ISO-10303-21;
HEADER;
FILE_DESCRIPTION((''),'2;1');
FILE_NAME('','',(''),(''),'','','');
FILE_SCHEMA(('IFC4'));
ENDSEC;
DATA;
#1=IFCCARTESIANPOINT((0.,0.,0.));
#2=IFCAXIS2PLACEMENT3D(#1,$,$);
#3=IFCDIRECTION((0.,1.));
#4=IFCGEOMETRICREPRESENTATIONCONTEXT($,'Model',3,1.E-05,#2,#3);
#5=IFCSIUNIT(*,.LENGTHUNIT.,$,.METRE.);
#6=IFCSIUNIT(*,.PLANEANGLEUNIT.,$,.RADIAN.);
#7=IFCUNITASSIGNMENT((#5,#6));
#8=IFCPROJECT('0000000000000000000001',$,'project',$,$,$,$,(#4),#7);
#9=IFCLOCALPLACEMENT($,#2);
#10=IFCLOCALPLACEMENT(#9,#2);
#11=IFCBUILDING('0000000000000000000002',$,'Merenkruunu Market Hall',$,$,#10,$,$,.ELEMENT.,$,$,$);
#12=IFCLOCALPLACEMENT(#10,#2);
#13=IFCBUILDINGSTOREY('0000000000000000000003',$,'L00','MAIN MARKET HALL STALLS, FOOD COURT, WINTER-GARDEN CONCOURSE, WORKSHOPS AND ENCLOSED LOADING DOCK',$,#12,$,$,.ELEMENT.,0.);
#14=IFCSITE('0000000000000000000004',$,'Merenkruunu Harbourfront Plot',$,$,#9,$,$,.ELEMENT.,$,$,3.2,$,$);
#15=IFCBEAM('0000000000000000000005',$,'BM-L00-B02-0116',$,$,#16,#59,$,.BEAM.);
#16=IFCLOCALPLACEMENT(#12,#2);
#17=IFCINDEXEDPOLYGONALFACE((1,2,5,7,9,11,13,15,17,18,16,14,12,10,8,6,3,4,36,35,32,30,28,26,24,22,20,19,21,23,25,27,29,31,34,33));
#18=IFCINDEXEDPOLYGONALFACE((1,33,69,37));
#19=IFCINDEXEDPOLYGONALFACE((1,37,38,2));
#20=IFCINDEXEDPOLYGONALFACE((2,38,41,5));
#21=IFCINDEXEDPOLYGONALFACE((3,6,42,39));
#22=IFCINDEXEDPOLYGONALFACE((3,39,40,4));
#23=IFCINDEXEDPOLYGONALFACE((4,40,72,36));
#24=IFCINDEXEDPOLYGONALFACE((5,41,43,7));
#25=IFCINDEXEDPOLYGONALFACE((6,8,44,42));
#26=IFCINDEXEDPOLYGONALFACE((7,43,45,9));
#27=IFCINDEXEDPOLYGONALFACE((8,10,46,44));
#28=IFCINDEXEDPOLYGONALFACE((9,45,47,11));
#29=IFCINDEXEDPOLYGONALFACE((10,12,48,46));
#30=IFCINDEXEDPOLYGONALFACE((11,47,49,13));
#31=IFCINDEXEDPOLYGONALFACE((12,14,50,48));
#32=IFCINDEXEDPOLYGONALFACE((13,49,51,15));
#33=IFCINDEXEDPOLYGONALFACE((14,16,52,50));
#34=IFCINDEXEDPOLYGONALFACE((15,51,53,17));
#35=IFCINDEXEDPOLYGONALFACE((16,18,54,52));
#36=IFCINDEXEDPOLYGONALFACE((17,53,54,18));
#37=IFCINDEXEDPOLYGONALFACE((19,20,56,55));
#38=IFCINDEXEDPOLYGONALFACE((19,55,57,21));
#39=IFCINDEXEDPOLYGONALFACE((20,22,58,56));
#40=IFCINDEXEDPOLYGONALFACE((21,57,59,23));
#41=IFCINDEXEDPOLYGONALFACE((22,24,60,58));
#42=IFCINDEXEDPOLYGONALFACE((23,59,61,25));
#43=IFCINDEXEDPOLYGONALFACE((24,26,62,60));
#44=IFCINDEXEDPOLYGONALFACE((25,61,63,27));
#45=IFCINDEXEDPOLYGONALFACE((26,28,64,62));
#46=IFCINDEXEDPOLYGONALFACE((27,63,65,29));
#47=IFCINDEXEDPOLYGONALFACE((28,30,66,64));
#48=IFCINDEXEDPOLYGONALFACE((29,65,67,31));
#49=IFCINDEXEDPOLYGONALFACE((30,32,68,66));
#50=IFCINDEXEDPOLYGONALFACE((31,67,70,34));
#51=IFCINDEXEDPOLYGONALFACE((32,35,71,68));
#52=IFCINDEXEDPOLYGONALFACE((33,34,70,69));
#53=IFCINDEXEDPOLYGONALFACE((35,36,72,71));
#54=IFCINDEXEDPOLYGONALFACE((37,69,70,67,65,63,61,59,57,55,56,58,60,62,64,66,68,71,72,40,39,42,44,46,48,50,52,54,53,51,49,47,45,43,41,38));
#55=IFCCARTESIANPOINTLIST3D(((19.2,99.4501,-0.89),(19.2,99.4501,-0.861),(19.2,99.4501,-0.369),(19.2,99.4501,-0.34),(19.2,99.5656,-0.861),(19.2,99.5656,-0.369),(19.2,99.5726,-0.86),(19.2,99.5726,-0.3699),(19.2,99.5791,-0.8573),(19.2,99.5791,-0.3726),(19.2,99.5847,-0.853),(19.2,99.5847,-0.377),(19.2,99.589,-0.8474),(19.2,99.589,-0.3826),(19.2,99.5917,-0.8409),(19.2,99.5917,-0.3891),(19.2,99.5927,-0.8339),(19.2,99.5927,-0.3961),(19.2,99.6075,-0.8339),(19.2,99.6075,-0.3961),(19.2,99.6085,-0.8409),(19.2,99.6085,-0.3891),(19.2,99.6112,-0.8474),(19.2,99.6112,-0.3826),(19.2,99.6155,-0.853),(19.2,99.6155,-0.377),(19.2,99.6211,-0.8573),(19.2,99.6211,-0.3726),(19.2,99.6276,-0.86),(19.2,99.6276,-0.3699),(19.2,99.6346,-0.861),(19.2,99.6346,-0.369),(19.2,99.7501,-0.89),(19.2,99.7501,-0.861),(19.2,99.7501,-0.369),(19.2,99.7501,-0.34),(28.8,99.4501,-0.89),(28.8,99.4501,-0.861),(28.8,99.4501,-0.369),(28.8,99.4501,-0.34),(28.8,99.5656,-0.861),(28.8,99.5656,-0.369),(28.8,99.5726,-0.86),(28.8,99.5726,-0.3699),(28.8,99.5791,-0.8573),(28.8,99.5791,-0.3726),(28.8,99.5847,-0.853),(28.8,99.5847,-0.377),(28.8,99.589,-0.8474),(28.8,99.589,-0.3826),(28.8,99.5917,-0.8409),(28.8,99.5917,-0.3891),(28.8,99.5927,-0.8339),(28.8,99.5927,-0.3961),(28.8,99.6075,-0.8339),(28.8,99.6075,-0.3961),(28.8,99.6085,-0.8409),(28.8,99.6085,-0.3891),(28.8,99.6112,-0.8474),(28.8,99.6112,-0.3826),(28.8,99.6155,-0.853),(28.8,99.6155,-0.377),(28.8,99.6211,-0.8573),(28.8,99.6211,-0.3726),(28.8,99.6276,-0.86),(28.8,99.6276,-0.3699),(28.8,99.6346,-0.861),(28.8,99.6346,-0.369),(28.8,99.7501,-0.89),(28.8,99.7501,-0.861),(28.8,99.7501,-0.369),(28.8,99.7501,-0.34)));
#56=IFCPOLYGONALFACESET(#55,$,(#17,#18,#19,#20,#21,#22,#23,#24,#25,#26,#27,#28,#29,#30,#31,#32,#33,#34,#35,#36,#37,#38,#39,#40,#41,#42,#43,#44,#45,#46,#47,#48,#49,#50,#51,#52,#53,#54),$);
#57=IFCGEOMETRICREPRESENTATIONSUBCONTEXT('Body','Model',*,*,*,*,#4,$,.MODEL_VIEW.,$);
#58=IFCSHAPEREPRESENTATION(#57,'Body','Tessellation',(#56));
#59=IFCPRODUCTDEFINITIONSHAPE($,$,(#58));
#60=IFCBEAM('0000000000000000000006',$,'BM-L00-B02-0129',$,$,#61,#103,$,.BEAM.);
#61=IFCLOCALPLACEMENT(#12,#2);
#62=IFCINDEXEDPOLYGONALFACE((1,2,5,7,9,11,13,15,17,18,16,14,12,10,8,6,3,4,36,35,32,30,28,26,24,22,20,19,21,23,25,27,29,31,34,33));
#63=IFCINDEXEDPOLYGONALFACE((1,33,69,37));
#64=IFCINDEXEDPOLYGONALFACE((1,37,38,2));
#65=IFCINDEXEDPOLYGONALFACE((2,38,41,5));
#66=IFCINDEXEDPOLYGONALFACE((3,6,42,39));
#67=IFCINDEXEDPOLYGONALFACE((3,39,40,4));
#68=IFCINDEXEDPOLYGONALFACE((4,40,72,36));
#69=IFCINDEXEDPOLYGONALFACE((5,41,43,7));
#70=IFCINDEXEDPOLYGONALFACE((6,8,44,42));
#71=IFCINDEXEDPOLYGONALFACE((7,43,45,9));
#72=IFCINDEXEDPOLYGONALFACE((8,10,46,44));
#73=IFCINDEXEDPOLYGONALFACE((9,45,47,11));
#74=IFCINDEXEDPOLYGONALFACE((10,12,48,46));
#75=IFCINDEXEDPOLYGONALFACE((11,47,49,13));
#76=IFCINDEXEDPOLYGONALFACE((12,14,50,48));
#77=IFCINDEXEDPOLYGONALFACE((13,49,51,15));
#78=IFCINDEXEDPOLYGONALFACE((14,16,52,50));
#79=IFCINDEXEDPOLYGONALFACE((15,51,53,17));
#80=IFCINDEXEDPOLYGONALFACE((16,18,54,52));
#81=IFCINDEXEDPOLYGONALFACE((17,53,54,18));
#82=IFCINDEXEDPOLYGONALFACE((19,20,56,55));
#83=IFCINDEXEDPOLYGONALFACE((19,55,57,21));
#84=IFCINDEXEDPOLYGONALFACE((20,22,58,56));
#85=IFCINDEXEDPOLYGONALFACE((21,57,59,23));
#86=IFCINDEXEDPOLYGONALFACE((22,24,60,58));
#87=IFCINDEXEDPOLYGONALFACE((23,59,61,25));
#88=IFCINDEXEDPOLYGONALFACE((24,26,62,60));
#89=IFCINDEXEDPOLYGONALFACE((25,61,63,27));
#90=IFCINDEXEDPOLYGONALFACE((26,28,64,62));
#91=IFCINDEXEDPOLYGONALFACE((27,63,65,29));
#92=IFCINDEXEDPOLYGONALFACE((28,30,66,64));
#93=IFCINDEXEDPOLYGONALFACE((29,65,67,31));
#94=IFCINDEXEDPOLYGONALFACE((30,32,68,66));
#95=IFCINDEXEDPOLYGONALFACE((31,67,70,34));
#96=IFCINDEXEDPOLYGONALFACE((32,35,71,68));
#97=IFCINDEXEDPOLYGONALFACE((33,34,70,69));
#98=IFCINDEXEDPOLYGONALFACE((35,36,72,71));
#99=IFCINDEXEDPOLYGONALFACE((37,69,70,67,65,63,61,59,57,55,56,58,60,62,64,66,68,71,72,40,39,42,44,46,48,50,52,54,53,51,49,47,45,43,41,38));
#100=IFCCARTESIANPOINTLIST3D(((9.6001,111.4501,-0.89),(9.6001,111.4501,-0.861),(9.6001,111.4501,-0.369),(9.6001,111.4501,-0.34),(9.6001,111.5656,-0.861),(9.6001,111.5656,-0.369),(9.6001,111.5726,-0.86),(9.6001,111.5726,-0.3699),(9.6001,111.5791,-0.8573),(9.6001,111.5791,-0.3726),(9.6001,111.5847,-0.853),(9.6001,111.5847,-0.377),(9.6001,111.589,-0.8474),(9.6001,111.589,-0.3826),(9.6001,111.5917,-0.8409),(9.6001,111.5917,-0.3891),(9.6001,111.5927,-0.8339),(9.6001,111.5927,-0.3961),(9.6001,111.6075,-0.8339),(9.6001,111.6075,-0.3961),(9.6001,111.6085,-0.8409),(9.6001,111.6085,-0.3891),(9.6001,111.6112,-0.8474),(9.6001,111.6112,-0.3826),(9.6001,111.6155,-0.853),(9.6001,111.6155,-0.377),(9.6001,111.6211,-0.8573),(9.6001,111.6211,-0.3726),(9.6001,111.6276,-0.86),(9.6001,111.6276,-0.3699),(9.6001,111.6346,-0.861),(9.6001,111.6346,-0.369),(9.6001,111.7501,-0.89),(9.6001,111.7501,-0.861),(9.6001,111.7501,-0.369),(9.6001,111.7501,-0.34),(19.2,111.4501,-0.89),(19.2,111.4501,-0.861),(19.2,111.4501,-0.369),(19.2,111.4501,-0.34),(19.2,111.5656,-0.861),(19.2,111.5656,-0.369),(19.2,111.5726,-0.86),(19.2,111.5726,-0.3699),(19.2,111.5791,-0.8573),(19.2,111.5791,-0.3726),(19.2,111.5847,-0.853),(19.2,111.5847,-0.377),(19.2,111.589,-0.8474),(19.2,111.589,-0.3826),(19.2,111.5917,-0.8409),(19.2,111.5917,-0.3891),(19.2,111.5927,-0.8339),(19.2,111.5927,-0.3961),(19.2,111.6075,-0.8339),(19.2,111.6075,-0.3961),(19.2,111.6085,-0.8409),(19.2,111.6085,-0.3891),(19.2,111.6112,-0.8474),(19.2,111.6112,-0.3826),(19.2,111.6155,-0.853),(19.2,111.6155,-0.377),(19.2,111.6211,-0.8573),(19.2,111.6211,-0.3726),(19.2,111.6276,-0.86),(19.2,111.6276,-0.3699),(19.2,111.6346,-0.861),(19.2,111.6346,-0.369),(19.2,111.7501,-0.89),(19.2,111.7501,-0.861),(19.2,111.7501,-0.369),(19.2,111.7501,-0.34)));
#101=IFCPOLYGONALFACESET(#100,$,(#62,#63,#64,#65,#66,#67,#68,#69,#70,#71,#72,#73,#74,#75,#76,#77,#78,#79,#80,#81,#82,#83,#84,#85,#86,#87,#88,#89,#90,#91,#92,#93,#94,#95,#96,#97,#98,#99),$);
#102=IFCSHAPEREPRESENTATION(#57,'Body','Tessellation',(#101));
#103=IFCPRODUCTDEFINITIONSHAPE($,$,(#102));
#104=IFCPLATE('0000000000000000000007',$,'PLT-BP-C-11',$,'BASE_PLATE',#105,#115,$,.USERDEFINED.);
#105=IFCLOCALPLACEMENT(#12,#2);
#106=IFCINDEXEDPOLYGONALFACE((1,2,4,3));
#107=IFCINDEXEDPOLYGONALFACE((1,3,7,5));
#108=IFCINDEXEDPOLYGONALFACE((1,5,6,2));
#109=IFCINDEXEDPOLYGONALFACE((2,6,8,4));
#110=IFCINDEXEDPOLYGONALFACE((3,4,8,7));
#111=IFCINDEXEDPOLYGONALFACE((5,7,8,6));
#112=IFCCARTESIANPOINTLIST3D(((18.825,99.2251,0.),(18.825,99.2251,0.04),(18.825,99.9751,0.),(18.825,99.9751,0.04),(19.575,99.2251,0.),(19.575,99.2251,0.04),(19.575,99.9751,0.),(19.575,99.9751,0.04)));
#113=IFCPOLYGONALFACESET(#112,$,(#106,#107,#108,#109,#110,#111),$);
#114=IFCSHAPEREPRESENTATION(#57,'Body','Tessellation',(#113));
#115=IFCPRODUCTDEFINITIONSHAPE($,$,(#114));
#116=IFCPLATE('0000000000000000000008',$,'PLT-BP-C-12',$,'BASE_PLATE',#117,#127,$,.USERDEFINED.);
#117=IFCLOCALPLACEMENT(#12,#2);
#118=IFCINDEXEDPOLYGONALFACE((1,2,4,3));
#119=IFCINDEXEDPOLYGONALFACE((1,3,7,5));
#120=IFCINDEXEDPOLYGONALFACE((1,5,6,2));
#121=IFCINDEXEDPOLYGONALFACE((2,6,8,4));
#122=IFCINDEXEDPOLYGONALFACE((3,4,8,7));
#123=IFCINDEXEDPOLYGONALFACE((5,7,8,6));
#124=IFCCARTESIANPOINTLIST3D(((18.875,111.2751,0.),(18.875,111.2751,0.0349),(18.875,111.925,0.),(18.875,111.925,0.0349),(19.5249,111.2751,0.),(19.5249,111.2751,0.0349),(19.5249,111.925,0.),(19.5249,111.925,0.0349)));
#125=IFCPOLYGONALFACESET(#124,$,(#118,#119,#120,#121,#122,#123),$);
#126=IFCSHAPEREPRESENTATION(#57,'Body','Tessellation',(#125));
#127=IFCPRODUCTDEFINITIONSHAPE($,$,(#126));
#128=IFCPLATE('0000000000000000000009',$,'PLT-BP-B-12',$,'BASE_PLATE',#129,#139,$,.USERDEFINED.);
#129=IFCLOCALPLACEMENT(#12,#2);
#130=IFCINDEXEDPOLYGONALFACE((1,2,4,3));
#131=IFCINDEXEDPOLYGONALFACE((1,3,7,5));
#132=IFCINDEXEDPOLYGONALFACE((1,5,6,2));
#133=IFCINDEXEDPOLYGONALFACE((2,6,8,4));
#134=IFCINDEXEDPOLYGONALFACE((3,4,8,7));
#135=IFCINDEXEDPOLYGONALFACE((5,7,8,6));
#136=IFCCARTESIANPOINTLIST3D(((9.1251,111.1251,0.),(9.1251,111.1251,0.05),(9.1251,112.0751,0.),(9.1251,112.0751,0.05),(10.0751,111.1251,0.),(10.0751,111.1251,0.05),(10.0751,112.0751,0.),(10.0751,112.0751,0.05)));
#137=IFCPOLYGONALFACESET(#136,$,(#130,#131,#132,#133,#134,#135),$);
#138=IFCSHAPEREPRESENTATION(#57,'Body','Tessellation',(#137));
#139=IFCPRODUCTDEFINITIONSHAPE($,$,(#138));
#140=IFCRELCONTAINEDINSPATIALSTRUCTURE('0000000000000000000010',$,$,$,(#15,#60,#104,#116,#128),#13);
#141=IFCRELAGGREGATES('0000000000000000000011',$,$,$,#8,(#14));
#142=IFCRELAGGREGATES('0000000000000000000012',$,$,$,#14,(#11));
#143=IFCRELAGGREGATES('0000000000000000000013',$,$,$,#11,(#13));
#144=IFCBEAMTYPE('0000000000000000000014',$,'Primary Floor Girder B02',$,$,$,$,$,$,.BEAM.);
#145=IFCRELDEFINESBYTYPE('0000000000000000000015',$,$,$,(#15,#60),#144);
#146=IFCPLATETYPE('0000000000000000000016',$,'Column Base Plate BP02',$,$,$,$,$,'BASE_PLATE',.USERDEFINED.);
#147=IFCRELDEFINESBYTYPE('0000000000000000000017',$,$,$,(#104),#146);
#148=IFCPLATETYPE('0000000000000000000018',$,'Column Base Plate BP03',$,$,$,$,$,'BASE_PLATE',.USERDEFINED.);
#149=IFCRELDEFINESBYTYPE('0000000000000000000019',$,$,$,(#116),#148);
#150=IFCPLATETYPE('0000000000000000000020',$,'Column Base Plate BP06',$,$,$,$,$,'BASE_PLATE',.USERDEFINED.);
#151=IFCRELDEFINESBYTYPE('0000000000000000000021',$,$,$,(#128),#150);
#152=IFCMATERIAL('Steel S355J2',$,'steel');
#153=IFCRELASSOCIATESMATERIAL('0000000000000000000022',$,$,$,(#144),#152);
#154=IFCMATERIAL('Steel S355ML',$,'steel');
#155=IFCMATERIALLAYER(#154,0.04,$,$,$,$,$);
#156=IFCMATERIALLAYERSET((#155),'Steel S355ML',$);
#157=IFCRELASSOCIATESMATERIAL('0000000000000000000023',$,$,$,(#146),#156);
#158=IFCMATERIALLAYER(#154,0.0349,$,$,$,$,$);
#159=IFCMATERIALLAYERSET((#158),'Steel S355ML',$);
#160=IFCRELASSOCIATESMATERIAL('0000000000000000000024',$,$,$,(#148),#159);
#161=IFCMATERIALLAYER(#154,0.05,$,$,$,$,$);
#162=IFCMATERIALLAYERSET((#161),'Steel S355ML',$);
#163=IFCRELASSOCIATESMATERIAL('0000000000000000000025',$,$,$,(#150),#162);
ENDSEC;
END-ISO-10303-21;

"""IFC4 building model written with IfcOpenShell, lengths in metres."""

from ifc_helpers import new_model, si_unit, direction, frame, origin, origin_2d, place, context, subcontext, project, spatial, rectangle, i_section, extrude, material, layer, layer_set, material_profile, profile_set, type_object, element, save


model = new_model("IFC4")

# Units and contexts
model_context = context("Model", 3, precision=1e-05, world=origin(), true_north=direction((0.0, 1.0)))
body_context = subcontext(model_context, "Body", "Model", "MODEL_VIEW")
ifc_project = project(units=[si_unit("LENGTHUNIT", "METRE"), si_unit("PLANEANGLEUNIT", "RADIAN")], contexts=[model_context])

# Site, building, storey
site_placement = place(None, origin())
site = spatial("IfcSite", under=ifc_project, at=site_placement, Name="Merenkruunu Harbourfront Plot", CompositionType="ELEMENT", RefElevation=3.2)
building_placement = place(site_placement, origin())
building = spatial("IfcBuilding", under=site, at=building_placement, Name="Merenkruunu Market Hall", CompositionType="ELEMENT")
storey_placement = place(building_placement, origin())
storey = spatial("IfcBuildingStorey", under=building, at=storey_placement, Name="L00", Description="MAIN MARKET HALL STALLS, FOOD COURT, WINTER-GARDEN CONCOURSE, WORKSHOPS AND ENCLOSED LOADING DOCK", CompositionType="ELEMENT", Elevation=0.0)

# Shared definitions
ifc_material_1 = material(Name="Steel S355J2", Category="steel")

# Beams
ifc_material_profile_1 = material_profile(ifc_material_1, i_section(OverallWidth=0.3, OverallDepth=0.55, WebThickness=0.0149, FlangeThickness=0.0291, FilletRadius=0.0271, at=origin_2d()), Name="HEB 550")
ifc_profile_set_1 = profile_set([ifc_material_profile_1], Name="Steel S355J2")
beam_type = type_object("IfcBeamType", Name="Primary Floor Girder B02", PredefinedType="BEAM", material=ifc_profile_set_1)
beam_1_placement = place(storey_placement, frame((19.2, 99.6001, -0.615), z_axis=(1.0, 0.0, 0.0), x_axis=(0.0, 1.0, 0.0)))
element("IfcBeam", 1, at=beam_1_placement, inside=storey, type_object=beam_type, Name="BM-L00-B02-0116", PredefinedType="BEAM", context=body_context, shape_type="SweptSolid", body=[
    extrude(i_section(OverallWidth=0.3, OverallDepth=0.55, WebThickness=0.0149, FlangeThickness=0.0291, FilletRadius=0.0271, at=origin_2d()), origin(), (0.0, 0.0, 1.0), 9.6001),
])
beam_2_placement = place(storey_placement, frame((9.6001, 111.6001, -0.615), z_axis=(1.0, 0.0, 0.0), x_axis=(0.0, 1.0, 0.0)))
element("IfcBeam", 2, at=beam_2_placement, inside=storey, type_object=beam_type, Name="BM-L00-B02-0129", PredefinedType="BEAM", context=body_context, shape_type="SweptSolid", body=[
    extrude(i_section(OverallWidth=0.3, OverallDepth=0.55, WebThickness=0.0149, FlangeThickness=0.0291, FilletRadius=0.0271, at=origin_2d()), origin(), (0.0, 0.0, 1.0), 9.5999),
])

# Plates
ifc_material_2 = material(Name="Steel S355ML", Category="steel")
ifc_layer_1 = layer(ifc_material_2, 0.04)
ifc_layer_set_1 = layer_set([ifc_layer_1], Name="Steel S355ML")
plate_type_1 = type_object("IfcPlateType", Name="Column Base Plate BP02", ElementType="BASE_PLATE", PredefinedType="USERDEFINED", material=ifc_layer_set_1)
plate_1_placement = place(storey_placement, frame((19.2, 99.6001, 0.0), z_axis=(0.0, 0.0, 1.0), x_axis=(1.0, 0.0, 0.0)))
element("IfcPlate", 3, at=plate_1_placement, inside=storey, type_object=plate_type_1, Name="PLT-BP-C-11", ObjectType="BASE_PLATE", PredefinedType="USERDEFINED", context=body_context, shape_type="SweptSolid", body=[
    extrude(rectangle(XDim=0.75, YDim=0.75, at=origin_2d()), origin(), (0.0, 0.0, 1.0), 0.04),
])
ifc_layer_2 = layer(ifc_material_2, 0.0349)
ifc_layer_set_2 = layer_set([ifc_layer_2], Name="Steel S355ML")
plate_type_2 = type_object("IfcPlateType", Name="Column Base Plate BP03", ElementType="BASE_PLATE", PredefinedType="USERDEFINED", material=ifc_layer_set_2)
plate_2_placement = place(storey_placement, frame((19.2, 111.6001, 0.0), z_axis=(0.0, 0.0, 1.0), x_axis=(1.0, 0.0, 0.0)))
element("IfcPlate", 4, at=plate_2_placement, inside=storey, type_object=plate_type_2, Name="PLT-BP-C-12", ObjectType="BASE_PLATE", PredefinedType="USERDEFINED", context=body_context, shape_type="SweptSolid", body=[
    extrude(rectangle(XDim=0.6499, YDim=0.6499, at=origin_2d()), origin(), (0.0, 0.0, 1.0), 0.0349),
])
ifc_layer_3 = layer(ifc_material_2, 0.05)
ifc_layer_set_3 = layer_set([ifc_layer_3], Name="Steel S355ML")
plate_type_3 = type_object("IfcPlateType", Name="Column Base Plate BP06", ElementType="BASE_PLATE", PredefinedType="USERDEFINED", material=ifc_layer_set_3)
plate_3_placement = place(storey_placement, frame((9.6001, 111.6001, 0.0), z_axis=(0.0, 0.0, 1.0), x_axis=(1.0, 0.0, 0.0)))
element("IfcPlate", 5, at=plate_3_placement, inside=storey, type_object=plate_type_3, Name="PLT-BP-B-12", ObjectType="BASE_PLATE", PredefinedType="USERDEFINED", context=body_context, shape_type="SweptSolid", body=[
    extrude(rectangle(XDim=0.95, YDim=0.95, at=origin_2d()), origin(), (0.0, 0.0, 1.0), 0.05),
])

save(model, "model.ifc")
